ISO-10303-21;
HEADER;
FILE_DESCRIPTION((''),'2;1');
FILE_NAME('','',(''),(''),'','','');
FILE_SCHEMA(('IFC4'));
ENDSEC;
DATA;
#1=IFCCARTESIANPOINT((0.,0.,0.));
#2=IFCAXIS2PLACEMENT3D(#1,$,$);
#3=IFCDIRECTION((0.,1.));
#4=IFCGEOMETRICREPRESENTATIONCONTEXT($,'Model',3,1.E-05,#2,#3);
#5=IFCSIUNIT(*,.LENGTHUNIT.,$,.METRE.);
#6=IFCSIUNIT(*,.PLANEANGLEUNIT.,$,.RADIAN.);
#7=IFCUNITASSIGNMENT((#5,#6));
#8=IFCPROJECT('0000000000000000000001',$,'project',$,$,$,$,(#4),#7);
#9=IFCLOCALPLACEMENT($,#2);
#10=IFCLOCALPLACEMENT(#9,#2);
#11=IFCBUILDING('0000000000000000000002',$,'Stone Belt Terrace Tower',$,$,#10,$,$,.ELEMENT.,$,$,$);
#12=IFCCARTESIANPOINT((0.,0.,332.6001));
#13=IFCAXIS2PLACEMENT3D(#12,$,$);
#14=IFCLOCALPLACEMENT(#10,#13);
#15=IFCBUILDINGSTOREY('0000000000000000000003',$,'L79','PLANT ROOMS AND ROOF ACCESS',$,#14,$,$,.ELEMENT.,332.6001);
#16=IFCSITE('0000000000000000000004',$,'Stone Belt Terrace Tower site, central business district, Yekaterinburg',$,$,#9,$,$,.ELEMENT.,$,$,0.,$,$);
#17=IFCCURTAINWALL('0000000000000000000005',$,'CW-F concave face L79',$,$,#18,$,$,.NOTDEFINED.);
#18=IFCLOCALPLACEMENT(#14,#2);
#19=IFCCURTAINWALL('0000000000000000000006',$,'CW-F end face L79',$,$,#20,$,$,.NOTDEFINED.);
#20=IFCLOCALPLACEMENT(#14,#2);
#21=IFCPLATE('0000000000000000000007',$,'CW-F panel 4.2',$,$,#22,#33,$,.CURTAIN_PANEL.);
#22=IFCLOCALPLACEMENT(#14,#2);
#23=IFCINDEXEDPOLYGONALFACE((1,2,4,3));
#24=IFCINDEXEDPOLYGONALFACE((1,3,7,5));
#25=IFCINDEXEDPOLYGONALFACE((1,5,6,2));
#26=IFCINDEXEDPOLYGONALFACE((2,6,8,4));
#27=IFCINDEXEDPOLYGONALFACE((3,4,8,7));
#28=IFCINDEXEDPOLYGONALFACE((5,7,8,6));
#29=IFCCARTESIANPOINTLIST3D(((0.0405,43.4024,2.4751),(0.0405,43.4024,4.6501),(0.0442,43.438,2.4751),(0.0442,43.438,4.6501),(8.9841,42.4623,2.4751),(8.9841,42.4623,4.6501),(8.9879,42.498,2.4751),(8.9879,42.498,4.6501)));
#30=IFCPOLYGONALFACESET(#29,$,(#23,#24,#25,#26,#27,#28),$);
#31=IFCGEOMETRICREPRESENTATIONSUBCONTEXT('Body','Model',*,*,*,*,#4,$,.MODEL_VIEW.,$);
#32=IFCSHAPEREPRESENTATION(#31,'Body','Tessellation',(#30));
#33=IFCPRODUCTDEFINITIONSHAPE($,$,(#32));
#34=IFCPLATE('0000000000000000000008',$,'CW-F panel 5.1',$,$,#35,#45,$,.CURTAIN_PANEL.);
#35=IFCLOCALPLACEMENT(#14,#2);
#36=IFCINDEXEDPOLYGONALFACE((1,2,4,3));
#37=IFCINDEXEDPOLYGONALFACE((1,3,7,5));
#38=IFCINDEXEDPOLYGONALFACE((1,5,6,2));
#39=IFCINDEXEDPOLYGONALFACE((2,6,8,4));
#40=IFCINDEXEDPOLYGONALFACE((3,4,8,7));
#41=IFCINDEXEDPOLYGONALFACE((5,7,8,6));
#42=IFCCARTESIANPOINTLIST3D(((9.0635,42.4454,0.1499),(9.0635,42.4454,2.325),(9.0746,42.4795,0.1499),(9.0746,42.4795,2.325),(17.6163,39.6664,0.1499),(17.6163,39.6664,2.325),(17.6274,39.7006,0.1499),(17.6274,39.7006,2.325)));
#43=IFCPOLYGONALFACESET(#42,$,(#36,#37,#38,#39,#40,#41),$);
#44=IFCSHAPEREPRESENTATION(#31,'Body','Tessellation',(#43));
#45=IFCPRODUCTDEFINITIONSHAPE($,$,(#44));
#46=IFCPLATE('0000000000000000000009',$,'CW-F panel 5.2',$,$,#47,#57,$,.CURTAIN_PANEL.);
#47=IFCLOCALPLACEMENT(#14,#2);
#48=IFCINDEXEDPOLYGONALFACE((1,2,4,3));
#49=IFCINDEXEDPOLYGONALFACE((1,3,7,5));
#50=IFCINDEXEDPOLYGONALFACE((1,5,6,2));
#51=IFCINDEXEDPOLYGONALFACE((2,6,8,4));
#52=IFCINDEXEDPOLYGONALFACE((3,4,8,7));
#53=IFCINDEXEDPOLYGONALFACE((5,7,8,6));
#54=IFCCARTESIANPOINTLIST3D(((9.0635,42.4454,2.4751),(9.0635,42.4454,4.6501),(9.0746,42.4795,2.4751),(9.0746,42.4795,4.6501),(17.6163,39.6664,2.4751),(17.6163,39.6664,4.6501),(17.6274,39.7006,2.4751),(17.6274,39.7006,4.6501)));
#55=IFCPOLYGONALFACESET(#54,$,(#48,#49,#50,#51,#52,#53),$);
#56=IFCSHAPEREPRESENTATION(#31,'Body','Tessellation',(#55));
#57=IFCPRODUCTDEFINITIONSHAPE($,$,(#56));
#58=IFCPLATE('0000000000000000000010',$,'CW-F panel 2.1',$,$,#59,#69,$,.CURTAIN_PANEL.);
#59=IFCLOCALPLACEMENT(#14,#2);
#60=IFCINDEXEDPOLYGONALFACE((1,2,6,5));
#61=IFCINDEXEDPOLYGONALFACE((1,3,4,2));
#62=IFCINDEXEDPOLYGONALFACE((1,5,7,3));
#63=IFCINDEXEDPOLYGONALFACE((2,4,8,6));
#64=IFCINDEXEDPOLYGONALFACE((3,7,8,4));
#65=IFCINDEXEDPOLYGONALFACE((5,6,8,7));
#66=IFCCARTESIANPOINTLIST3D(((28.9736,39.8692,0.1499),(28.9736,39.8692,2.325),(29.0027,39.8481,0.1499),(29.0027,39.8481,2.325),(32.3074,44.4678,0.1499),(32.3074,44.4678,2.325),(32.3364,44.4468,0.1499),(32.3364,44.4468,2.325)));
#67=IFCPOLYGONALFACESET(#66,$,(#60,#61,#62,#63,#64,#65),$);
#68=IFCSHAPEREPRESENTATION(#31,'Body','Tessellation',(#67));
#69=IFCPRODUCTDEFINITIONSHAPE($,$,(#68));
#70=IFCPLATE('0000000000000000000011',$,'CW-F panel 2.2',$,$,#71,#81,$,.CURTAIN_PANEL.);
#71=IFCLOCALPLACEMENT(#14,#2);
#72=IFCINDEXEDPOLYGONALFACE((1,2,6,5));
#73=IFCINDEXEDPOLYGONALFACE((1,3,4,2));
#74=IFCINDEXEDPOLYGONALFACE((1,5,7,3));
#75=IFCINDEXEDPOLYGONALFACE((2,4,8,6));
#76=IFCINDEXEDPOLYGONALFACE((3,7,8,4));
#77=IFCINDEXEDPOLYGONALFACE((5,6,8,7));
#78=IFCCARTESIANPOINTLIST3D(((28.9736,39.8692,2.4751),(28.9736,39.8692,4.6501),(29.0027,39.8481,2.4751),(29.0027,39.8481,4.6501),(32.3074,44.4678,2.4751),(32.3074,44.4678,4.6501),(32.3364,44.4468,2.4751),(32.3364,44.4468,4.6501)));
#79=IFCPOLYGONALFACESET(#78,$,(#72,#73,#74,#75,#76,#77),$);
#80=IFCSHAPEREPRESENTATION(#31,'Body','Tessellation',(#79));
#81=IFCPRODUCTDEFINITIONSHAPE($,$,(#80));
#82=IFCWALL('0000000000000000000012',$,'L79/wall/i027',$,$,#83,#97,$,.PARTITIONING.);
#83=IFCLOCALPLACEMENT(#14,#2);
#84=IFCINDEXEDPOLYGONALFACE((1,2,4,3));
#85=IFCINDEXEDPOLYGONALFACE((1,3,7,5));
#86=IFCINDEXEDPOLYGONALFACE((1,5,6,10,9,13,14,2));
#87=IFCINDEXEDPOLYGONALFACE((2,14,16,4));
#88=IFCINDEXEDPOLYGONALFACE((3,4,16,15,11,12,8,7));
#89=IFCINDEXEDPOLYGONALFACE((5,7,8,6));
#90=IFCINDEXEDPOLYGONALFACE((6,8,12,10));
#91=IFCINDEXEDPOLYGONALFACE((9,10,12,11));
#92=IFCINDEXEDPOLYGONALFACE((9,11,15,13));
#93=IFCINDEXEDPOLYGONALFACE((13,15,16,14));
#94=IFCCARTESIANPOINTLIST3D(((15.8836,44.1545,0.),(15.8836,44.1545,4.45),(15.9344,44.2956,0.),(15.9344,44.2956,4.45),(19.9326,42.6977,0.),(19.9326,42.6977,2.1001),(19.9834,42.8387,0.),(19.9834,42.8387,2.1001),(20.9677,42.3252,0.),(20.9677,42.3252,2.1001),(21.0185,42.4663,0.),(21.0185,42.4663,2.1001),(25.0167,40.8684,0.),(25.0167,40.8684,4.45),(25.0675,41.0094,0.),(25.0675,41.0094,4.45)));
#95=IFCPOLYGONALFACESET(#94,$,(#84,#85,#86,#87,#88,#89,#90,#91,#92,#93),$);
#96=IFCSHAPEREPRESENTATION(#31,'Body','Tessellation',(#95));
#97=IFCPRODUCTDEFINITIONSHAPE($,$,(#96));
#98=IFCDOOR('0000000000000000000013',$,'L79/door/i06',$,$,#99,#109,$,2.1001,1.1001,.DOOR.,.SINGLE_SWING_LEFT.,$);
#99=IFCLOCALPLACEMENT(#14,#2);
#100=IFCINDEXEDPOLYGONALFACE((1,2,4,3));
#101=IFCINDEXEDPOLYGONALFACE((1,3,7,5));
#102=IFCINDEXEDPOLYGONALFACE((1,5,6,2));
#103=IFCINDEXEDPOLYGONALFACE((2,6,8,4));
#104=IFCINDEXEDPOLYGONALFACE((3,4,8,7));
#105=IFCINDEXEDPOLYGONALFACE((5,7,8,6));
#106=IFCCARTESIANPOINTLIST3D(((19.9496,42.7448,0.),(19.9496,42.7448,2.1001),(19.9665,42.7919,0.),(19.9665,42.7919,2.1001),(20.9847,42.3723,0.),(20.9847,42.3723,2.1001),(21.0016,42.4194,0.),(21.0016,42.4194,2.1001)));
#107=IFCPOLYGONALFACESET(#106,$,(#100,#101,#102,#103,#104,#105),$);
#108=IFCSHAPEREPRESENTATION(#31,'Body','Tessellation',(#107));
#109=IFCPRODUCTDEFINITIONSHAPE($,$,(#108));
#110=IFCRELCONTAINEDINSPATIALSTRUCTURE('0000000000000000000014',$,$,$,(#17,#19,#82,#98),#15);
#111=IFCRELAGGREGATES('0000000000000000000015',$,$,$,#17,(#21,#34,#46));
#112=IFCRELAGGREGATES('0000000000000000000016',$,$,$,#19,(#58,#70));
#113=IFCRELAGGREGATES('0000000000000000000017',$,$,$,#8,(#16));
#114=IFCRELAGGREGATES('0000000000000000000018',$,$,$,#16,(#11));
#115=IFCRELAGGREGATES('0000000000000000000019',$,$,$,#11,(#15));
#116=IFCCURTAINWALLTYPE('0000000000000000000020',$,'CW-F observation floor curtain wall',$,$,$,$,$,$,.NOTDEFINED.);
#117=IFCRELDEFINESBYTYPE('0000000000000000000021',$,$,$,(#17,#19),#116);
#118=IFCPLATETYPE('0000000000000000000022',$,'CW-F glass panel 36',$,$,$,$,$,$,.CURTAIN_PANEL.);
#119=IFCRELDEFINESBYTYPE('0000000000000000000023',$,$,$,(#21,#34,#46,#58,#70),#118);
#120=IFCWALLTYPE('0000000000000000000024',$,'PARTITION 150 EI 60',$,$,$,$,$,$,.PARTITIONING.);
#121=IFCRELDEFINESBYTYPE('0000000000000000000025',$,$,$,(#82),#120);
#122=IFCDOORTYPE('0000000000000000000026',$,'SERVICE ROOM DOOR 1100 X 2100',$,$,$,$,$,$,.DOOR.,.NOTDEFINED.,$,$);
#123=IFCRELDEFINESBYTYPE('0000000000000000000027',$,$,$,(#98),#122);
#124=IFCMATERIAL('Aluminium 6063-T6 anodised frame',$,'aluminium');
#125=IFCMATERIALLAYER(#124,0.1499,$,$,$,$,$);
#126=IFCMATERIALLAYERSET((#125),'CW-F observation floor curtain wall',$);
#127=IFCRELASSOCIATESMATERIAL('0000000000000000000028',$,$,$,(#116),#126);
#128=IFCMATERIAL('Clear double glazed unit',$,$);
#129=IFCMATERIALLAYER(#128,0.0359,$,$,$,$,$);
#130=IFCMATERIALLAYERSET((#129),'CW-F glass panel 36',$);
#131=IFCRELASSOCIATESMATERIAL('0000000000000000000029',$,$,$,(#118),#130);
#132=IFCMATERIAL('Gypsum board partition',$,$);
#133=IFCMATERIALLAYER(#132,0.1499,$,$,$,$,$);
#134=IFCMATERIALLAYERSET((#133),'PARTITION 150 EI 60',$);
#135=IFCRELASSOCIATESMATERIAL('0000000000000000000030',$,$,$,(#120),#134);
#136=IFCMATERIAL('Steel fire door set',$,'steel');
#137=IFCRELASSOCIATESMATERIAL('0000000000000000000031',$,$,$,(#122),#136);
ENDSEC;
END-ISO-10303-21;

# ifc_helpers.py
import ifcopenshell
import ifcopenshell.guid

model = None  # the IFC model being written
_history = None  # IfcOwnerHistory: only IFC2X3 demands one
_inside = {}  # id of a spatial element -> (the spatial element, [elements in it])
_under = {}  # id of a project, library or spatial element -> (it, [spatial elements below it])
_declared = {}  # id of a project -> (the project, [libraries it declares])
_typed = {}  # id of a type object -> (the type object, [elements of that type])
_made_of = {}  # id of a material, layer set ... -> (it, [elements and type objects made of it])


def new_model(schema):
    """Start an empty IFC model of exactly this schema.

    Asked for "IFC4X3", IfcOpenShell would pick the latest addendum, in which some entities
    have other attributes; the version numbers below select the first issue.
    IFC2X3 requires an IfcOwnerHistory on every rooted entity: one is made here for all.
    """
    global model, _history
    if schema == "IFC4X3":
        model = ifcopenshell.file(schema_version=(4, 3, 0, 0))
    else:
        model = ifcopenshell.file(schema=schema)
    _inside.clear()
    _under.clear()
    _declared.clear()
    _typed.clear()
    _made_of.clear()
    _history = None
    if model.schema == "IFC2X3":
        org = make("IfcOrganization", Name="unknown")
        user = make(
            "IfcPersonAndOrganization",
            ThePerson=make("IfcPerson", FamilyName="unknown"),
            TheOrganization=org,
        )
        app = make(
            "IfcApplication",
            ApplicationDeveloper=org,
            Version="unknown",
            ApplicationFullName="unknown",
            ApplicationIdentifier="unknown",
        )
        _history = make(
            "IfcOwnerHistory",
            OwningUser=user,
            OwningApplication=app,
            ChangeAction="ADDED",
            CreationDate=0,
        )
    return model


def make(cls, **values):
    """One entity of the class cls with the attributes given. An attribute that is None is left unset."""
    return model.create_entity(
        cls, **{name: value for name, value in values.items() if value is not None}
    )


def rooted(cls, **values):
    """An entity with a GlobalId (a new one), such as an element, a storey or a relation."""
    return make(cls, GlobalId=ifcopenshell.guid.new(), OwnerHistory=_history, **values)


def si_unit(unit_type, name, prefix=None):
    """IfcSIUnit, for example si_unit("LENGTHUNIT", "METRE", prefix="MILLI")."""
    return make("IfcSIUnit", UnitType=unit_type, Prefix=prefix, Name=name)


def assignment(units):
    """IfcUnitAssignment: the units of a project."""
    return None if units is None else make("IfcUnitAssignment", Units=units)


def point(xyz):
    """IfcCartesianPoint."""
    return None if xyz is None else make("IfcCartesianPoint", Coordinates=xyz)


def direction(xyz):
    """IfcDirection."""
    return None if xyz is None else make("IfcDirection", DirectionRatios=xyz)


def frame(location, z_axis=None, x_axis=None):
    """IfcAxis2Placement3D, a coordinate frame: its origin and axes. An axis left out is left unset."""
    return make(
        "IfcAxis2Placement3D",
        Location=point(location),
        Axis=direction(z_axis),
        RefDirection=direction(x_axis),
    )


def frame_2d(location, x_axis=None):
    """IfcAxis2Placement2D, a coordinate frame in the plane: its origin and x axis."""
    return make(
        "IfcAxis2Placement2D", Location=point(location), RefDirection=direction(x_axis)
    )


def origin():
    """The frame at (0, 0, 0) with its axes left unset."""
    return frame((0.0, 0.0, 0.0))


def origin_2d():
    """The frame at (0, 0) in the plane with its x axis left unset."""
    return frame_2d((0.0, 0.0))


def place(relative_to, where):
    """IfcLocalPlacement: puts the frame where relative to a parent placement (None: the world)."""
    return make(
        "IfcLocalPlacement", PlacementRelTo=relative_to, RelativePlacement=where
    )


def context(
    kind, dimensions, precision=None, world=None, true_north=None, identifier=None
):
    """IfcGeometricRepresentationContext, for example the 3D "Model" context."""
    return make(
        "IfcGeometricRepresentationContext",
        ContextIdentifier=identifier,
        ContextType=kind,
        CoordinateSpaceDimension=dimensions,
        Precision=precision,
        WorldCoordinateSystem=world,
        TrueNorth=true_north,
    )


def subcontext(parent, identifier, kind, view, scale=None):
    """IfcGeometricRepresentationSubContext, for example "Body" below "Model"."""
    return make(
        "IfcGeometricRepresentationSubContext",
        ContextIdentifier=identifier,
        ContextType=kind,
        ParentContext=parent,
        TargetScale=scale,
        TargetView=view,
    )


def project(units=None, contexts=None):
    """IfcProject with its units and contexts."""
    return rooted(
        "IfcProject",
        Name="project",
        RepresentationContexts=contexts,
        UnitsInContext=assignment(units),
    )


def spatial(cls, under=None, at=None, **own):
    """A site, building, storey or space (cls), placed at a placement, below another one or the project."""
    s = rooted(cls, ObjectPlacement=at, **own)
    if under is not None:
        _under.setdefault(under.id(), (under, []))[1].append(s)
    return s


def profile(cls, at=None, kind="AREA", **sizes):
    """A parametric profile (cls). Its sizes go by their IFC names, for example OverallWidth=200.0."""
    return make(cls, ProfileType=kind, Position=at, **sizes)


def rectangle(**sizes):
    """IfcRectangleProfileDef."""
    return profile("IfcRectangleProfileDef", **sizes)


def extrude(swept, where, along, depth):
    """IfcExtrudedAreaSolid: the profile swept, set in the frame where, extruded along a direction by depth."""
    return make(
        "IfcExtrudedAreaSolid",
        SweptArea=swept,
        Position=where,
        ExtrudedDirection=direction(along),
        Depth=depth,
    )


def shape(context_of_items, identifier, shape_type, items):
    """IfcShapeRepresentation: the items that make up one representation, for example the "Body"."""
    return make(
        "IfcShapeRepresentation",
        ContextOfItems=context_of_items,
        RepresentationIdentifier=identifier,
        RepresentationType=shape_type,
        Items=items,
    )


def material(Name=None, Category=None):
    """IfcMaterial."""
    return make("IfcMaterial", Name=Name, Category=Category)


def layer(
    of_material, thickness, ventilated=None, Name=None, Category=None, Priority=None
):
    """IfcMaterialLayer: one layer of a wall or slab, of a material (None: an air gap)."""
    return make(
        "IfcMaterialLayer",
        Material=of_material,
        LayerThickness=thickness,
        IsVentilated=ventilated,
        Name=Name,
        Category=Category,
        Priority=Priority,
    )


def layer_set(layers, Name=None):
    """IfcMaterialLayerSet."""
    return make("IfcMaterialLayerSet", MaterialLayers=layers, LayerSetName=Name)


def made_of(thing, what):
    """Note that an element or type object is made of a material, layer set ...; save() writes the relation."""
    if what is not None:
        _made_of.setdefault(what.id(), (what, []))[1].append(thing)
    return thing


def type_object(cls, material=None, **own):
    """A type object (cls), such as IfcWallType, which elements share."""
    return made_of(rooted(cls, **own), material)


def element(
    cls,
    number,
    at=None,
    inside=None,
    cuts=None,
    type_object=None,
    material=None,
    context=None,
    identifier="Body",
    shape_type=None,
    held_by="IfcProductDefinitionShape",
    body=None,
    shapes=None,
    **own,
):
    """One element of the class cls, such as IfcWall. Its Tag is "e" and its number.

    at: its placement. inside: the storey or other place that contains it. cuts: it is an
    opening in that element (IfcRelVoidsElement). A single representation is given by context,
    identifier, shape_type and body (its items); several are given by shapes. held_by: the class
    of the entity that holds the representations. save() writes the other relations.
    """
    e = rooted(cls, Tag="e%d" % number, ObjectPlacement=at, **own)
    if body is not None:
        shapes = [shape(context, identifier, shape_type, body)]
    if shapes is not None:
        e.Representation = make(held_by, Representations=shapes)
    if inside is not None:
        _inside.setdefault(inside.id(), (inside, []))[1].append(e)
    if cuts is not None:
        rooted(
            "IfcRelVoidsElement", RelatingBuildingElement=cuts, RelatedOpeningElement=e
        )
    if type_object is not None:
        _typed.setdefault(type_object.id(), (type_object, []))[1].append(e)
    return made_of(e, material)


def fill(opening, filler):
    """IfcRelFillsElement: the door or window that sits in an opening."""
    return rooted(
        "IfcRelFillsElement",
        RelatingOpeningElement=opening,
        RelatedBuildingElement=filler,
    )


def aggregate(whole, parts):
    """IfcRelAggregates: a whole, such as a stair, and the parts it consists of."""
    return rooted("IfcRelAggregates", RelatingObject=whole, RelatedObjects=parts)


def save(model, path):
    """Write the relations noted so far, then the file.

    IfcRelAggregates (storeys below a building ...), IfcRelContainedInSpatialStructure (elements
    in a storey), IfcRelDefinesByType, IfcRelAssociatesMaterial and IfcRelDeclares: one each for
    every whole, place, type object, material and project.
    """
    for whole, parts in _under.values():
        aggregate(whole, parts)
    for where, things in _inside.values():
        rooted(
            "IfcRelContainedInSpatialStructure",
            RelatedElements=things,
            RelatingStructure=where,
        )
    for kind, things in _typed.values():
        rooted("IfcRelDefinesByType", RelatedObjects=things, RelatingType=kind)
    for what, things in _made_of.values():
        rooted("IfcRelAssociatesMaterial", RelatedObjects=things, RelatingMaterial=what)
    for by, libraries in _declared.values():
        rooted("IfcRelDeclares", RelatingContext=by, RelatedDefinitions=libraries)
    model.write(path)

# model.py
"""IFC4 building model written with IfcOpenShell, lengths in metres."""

from ifc_helpers import new_model, si_unit, direction, frame, frame_2d, origin, origin_2d, place, context, subcontext, project, spatial, rectangle, extrude, material, layer, layer_set, type_object, element, fill, aggregate, save


model = new_model("IFC4")

# Units and contexts
model_context = context("Model", 3, precision=1e-05, world=origin(), true_north=direction((0.0, 1.0)))
body_context = subcontext(model_context, "Body", "Model", "MODEL_VIEW")
ifc_project = project(units=[si_unit("LENGTHUNIT", "METRE"), si_unit("PLANEANGLEUNIT", "RADIAN")], contexts=[model_context])

# Site, building, storey
site_placement = place(None, origin())
site = spatial("IfcSite", under=ifc_project, at=site_placement, Name="Stone Belt Terrace Tower site, central business district, Yekaterinburg", CompositionType="ELEMENT", RefElevation=0.0)
building_placement = place(site_placement, origin())
building = spatial("IfcBuilding", under=site, at=building_placement, Name="Stone Belt Terrace Tower", CompositionType="ELEMENT")
storey_placement = place(building_placement, frame((0.0, 0.0, 332.6001)))
storey = spatial("IfcBuildingStorey", under=building, at=storey_placement, Name="L79", Description="PLANT ROOMS AND ROOF ACCESS", CompositionType="ELEMENT", Elevation=332.6001)

# Curtain wall
ifc_material_1 = material(Name="Aluminium 6063-T6 anodised frame", Category="aluminium")
ifc_layer_1 = layer(ifc_material_1, 0.1499)
ifc_layer_set_1 = layer_set([ifc_layer_1], Name="CW-F observation floor curtain wall")
curtain_wall_type = type_object("IfcCurtainWallType", Name="CW-F observation floor curtain wall", PredefinedType="NOTDEFINED", material=ifc_layer_set_1)
curtain_wall_1_placement = place(storey_placement, origin())
curtain_wall_1 = element("IfcCurtainWall", 1, at=curtain_wall_1_placement, inside=storey, type_object=curtain_wall_type, Name="CW-F concave face L79", PredefinedType="NOTDEFINED")

# Curtain wall
curtain_wall_2_placement = place(storey_placement, origin())
curtain_wall_2 = element("IfcCurtainWall", 2, at=curtain_wall_2_placement, inside=storey, type_object=curtain_wall_type, Name="CW-F end face L79", PredefinedType="NOTDEFINED")

# Plates
ifc_material_2 = material(Name="Clear double glazed unit")
ifc_layer_2 = layer(ifc_material_2, 0.0359)
ifc_layer_set_2 = layer_set([ifc_layer_2], Name="CW-F glass panel 36")
plate_type = type_object("IfcPlateType", Name="CW-F glass panel 36", PredefinedType="CURTAIN_PANEL", material=ifc_layer_set_2)
plate_1_placement = place(storey_placement, frame((4.5142, 42.9502, 2.4751), z_axis=(0.0, 0.0, 1.0), x_axis=(0.994522, -0.104528, 0.0)))
plate_1 = element("IfcPlate", 3, at=plate_1_placement, type_object=plate_type, Name="CW-F panel 4.2", PredefinedType="CURTAIN_PANEL", context=body_context, shape_type="SweptSolid", body=[
    extrude(rectangle(XDim=8.9929, YDim=0.0359, at=origin_2d()), origin(), (0.0, 0.0, 1.0), 2.175),
])
plate_2_placement = place(storey_placement, frame((13.3455, 41.073, 0.1499), z_axis=(0.0, 0.0, 1.0), x_axis=(0.951057, -0.309017, 0.0)))
plate_2 = element("IfcPlate", 4, at=plate_2_placement, type_object=plate_type, Name="CW-F panel 5.1", PredefinedType="CURTAIN_PANEL", context=body_context, shape_type="SweptSolid", body=[
    extrude(rectangle(XDim=8.9929, YDim=0.0359, at=origin_2d()), origin(), (0.0, 0.0, 1.0), 2.175),
])
plate_3_placement = place(storey_placement, frame((13.3455, 41.073, 2.4751), z_axis=(0.0, 0.0, 1.0), x_axis=(0.951057, -0.309017, 0.0)))
plate_3 = element("IfcPlate", 5, at=plate_3_placement, type_object=plate_type, Name="CW-F panel 5.2", PredefinedType="CURTAIN_PANEL", context=body_context, shape_type="SweptSolid", body=[
    extrude(rectangle(XDim=8.9929, YDim=0.0359, at=origin_2d()), origin(), (0.0, 0.0, 1.0), 2.175),
])
aggregate(curtain_wall_1, [plate_1, plate_2, plate_3])
plate_4_placement = place(storey_placement, frame((30.655, 42.158, 0.1499), z_axis=(0.0, 0.0, 1.0), x_axis=(0.586939, 0.809631, 0.0)))
plate_4 = element("IfcPlate", 6, at=plate_4_placement, type_object=plate_type, Name="CW-F panel 2.1", PredefinedType="CURTAIN_PANEL", context=body_context, shape_type="SweptSolid", body=[
    extrude(rectangle(XDim=5.6799, YDim=0.0359, at=origin_2d()), origin(), (0.0, 0.0, 1.0), 2.175),
])
plate_5_placement = place(storey_placement, frame((30.655, 42.158, 2.4751), z_axis=(0.0, 0.0, 1.0), x_axis=(0.586939, 0.809631, 0.0)))
plate_5 = element("IfcPlate", 7, at=plate_5_placement, type_object=plate_type, Name="CW-F panel 2.2", PredefinedType="CURTAIN_PANEL", context=body_context, shape_type="SweptSolid", body=[
    extrude(rectangle(XDim=5.6799, YDim=0.0359, at=origin_2d()), origin(), (0.0, 0.0, 1.0), 2.175),
])
aggregate(curtain_wall_2, [plate_4, plate_5])

# Wall, opening, door
ifc_material_3 = material(Name="Gypsum board partition")
ifc_layer_3 = layer(ifc_material_3, 0.1499)
ifc_layer_set_3 = layer_set([ifc_layer_3], Name="PARTITION 150 EI 60")
wall_type = type_object("IfcWallType", Name="PARTITION 150 EI 60", PredefinedType="PARTITIONING", material=ifc_layer_set_3)
wall_placement = place(storey_placement, frame((25.042, 40.939, 0.0), z_axis=(0.0, 0.0, 1.0), x_axis=(-0.940945, 0.338558, 0.0)))
wall = element("IfcWall", 8, at=wall_placement, inside=storey, type_object=wall_type, Name="L79/wall/i027", PredefinedType="PARTITIONING", context=body_context, shape_type="SweptSolid", body=[
    extrude(rectangle(XDim=9.7063, YDim=0.1499, at=frame_2d((4.853, 0.0))), origin(), (0.0, 0.0, 1.0), 4.45),
])
opening_placement = place(wall_placement, frame((4.303, 0.0, 0.0)))
opening = element("IfcOpeningElement", 9, at=opening_placement, cuts=wall, PredefinedType="OPENING", context=body_context, shape_type="SweptSolid", body=[
    extrude(rectangle(XDim=1.1001, YDim=2.1001, at=frame_2d((0.55, 1.05))), frame((0.0, 0.085, 0.0), z_axis=(0.0, -1.0, 0.0), x_axis=(1.0, 0.0, 0.0)), (0.0, 0.0, 1.0), 0.1699),
])
ifc_material_4 = material(Name="Steel fire door set", Category="steel")
door_type = type_object("IfcDoorType", Name="SERVICE ROOM DOOR 1100 X 2100", OperationType="NOTDEFINED", PredefinedType="DOOR", material=ifc_material_4)
door_placement = place(opening_placement, origin())
door = element("IfcDoor", 10, at=door_placement, inside=storey, type_object=door_type, Name="L79/door/i06", OperationType="SINGLE_SWING_LEFT", OverallHeight=2.1001, OverallWidth=1.1001, PredefinedType="DOOR", context=body_context, shape_type="SweptSolid", body=[
    extrude(rectangle(XDim=1.1001, YDim=2.1001, at=frame_2d((0.55, 1.05))), frame((0.0, 0.0249, 0.0), z_axis=(0.0, -1.0, 0.0), x_axis=(1.0, 0.0, 0.0)), (0.0, 0.0, 1.0), 0.05),
])
fill(opening, door)

save(model, "model.ifc")
